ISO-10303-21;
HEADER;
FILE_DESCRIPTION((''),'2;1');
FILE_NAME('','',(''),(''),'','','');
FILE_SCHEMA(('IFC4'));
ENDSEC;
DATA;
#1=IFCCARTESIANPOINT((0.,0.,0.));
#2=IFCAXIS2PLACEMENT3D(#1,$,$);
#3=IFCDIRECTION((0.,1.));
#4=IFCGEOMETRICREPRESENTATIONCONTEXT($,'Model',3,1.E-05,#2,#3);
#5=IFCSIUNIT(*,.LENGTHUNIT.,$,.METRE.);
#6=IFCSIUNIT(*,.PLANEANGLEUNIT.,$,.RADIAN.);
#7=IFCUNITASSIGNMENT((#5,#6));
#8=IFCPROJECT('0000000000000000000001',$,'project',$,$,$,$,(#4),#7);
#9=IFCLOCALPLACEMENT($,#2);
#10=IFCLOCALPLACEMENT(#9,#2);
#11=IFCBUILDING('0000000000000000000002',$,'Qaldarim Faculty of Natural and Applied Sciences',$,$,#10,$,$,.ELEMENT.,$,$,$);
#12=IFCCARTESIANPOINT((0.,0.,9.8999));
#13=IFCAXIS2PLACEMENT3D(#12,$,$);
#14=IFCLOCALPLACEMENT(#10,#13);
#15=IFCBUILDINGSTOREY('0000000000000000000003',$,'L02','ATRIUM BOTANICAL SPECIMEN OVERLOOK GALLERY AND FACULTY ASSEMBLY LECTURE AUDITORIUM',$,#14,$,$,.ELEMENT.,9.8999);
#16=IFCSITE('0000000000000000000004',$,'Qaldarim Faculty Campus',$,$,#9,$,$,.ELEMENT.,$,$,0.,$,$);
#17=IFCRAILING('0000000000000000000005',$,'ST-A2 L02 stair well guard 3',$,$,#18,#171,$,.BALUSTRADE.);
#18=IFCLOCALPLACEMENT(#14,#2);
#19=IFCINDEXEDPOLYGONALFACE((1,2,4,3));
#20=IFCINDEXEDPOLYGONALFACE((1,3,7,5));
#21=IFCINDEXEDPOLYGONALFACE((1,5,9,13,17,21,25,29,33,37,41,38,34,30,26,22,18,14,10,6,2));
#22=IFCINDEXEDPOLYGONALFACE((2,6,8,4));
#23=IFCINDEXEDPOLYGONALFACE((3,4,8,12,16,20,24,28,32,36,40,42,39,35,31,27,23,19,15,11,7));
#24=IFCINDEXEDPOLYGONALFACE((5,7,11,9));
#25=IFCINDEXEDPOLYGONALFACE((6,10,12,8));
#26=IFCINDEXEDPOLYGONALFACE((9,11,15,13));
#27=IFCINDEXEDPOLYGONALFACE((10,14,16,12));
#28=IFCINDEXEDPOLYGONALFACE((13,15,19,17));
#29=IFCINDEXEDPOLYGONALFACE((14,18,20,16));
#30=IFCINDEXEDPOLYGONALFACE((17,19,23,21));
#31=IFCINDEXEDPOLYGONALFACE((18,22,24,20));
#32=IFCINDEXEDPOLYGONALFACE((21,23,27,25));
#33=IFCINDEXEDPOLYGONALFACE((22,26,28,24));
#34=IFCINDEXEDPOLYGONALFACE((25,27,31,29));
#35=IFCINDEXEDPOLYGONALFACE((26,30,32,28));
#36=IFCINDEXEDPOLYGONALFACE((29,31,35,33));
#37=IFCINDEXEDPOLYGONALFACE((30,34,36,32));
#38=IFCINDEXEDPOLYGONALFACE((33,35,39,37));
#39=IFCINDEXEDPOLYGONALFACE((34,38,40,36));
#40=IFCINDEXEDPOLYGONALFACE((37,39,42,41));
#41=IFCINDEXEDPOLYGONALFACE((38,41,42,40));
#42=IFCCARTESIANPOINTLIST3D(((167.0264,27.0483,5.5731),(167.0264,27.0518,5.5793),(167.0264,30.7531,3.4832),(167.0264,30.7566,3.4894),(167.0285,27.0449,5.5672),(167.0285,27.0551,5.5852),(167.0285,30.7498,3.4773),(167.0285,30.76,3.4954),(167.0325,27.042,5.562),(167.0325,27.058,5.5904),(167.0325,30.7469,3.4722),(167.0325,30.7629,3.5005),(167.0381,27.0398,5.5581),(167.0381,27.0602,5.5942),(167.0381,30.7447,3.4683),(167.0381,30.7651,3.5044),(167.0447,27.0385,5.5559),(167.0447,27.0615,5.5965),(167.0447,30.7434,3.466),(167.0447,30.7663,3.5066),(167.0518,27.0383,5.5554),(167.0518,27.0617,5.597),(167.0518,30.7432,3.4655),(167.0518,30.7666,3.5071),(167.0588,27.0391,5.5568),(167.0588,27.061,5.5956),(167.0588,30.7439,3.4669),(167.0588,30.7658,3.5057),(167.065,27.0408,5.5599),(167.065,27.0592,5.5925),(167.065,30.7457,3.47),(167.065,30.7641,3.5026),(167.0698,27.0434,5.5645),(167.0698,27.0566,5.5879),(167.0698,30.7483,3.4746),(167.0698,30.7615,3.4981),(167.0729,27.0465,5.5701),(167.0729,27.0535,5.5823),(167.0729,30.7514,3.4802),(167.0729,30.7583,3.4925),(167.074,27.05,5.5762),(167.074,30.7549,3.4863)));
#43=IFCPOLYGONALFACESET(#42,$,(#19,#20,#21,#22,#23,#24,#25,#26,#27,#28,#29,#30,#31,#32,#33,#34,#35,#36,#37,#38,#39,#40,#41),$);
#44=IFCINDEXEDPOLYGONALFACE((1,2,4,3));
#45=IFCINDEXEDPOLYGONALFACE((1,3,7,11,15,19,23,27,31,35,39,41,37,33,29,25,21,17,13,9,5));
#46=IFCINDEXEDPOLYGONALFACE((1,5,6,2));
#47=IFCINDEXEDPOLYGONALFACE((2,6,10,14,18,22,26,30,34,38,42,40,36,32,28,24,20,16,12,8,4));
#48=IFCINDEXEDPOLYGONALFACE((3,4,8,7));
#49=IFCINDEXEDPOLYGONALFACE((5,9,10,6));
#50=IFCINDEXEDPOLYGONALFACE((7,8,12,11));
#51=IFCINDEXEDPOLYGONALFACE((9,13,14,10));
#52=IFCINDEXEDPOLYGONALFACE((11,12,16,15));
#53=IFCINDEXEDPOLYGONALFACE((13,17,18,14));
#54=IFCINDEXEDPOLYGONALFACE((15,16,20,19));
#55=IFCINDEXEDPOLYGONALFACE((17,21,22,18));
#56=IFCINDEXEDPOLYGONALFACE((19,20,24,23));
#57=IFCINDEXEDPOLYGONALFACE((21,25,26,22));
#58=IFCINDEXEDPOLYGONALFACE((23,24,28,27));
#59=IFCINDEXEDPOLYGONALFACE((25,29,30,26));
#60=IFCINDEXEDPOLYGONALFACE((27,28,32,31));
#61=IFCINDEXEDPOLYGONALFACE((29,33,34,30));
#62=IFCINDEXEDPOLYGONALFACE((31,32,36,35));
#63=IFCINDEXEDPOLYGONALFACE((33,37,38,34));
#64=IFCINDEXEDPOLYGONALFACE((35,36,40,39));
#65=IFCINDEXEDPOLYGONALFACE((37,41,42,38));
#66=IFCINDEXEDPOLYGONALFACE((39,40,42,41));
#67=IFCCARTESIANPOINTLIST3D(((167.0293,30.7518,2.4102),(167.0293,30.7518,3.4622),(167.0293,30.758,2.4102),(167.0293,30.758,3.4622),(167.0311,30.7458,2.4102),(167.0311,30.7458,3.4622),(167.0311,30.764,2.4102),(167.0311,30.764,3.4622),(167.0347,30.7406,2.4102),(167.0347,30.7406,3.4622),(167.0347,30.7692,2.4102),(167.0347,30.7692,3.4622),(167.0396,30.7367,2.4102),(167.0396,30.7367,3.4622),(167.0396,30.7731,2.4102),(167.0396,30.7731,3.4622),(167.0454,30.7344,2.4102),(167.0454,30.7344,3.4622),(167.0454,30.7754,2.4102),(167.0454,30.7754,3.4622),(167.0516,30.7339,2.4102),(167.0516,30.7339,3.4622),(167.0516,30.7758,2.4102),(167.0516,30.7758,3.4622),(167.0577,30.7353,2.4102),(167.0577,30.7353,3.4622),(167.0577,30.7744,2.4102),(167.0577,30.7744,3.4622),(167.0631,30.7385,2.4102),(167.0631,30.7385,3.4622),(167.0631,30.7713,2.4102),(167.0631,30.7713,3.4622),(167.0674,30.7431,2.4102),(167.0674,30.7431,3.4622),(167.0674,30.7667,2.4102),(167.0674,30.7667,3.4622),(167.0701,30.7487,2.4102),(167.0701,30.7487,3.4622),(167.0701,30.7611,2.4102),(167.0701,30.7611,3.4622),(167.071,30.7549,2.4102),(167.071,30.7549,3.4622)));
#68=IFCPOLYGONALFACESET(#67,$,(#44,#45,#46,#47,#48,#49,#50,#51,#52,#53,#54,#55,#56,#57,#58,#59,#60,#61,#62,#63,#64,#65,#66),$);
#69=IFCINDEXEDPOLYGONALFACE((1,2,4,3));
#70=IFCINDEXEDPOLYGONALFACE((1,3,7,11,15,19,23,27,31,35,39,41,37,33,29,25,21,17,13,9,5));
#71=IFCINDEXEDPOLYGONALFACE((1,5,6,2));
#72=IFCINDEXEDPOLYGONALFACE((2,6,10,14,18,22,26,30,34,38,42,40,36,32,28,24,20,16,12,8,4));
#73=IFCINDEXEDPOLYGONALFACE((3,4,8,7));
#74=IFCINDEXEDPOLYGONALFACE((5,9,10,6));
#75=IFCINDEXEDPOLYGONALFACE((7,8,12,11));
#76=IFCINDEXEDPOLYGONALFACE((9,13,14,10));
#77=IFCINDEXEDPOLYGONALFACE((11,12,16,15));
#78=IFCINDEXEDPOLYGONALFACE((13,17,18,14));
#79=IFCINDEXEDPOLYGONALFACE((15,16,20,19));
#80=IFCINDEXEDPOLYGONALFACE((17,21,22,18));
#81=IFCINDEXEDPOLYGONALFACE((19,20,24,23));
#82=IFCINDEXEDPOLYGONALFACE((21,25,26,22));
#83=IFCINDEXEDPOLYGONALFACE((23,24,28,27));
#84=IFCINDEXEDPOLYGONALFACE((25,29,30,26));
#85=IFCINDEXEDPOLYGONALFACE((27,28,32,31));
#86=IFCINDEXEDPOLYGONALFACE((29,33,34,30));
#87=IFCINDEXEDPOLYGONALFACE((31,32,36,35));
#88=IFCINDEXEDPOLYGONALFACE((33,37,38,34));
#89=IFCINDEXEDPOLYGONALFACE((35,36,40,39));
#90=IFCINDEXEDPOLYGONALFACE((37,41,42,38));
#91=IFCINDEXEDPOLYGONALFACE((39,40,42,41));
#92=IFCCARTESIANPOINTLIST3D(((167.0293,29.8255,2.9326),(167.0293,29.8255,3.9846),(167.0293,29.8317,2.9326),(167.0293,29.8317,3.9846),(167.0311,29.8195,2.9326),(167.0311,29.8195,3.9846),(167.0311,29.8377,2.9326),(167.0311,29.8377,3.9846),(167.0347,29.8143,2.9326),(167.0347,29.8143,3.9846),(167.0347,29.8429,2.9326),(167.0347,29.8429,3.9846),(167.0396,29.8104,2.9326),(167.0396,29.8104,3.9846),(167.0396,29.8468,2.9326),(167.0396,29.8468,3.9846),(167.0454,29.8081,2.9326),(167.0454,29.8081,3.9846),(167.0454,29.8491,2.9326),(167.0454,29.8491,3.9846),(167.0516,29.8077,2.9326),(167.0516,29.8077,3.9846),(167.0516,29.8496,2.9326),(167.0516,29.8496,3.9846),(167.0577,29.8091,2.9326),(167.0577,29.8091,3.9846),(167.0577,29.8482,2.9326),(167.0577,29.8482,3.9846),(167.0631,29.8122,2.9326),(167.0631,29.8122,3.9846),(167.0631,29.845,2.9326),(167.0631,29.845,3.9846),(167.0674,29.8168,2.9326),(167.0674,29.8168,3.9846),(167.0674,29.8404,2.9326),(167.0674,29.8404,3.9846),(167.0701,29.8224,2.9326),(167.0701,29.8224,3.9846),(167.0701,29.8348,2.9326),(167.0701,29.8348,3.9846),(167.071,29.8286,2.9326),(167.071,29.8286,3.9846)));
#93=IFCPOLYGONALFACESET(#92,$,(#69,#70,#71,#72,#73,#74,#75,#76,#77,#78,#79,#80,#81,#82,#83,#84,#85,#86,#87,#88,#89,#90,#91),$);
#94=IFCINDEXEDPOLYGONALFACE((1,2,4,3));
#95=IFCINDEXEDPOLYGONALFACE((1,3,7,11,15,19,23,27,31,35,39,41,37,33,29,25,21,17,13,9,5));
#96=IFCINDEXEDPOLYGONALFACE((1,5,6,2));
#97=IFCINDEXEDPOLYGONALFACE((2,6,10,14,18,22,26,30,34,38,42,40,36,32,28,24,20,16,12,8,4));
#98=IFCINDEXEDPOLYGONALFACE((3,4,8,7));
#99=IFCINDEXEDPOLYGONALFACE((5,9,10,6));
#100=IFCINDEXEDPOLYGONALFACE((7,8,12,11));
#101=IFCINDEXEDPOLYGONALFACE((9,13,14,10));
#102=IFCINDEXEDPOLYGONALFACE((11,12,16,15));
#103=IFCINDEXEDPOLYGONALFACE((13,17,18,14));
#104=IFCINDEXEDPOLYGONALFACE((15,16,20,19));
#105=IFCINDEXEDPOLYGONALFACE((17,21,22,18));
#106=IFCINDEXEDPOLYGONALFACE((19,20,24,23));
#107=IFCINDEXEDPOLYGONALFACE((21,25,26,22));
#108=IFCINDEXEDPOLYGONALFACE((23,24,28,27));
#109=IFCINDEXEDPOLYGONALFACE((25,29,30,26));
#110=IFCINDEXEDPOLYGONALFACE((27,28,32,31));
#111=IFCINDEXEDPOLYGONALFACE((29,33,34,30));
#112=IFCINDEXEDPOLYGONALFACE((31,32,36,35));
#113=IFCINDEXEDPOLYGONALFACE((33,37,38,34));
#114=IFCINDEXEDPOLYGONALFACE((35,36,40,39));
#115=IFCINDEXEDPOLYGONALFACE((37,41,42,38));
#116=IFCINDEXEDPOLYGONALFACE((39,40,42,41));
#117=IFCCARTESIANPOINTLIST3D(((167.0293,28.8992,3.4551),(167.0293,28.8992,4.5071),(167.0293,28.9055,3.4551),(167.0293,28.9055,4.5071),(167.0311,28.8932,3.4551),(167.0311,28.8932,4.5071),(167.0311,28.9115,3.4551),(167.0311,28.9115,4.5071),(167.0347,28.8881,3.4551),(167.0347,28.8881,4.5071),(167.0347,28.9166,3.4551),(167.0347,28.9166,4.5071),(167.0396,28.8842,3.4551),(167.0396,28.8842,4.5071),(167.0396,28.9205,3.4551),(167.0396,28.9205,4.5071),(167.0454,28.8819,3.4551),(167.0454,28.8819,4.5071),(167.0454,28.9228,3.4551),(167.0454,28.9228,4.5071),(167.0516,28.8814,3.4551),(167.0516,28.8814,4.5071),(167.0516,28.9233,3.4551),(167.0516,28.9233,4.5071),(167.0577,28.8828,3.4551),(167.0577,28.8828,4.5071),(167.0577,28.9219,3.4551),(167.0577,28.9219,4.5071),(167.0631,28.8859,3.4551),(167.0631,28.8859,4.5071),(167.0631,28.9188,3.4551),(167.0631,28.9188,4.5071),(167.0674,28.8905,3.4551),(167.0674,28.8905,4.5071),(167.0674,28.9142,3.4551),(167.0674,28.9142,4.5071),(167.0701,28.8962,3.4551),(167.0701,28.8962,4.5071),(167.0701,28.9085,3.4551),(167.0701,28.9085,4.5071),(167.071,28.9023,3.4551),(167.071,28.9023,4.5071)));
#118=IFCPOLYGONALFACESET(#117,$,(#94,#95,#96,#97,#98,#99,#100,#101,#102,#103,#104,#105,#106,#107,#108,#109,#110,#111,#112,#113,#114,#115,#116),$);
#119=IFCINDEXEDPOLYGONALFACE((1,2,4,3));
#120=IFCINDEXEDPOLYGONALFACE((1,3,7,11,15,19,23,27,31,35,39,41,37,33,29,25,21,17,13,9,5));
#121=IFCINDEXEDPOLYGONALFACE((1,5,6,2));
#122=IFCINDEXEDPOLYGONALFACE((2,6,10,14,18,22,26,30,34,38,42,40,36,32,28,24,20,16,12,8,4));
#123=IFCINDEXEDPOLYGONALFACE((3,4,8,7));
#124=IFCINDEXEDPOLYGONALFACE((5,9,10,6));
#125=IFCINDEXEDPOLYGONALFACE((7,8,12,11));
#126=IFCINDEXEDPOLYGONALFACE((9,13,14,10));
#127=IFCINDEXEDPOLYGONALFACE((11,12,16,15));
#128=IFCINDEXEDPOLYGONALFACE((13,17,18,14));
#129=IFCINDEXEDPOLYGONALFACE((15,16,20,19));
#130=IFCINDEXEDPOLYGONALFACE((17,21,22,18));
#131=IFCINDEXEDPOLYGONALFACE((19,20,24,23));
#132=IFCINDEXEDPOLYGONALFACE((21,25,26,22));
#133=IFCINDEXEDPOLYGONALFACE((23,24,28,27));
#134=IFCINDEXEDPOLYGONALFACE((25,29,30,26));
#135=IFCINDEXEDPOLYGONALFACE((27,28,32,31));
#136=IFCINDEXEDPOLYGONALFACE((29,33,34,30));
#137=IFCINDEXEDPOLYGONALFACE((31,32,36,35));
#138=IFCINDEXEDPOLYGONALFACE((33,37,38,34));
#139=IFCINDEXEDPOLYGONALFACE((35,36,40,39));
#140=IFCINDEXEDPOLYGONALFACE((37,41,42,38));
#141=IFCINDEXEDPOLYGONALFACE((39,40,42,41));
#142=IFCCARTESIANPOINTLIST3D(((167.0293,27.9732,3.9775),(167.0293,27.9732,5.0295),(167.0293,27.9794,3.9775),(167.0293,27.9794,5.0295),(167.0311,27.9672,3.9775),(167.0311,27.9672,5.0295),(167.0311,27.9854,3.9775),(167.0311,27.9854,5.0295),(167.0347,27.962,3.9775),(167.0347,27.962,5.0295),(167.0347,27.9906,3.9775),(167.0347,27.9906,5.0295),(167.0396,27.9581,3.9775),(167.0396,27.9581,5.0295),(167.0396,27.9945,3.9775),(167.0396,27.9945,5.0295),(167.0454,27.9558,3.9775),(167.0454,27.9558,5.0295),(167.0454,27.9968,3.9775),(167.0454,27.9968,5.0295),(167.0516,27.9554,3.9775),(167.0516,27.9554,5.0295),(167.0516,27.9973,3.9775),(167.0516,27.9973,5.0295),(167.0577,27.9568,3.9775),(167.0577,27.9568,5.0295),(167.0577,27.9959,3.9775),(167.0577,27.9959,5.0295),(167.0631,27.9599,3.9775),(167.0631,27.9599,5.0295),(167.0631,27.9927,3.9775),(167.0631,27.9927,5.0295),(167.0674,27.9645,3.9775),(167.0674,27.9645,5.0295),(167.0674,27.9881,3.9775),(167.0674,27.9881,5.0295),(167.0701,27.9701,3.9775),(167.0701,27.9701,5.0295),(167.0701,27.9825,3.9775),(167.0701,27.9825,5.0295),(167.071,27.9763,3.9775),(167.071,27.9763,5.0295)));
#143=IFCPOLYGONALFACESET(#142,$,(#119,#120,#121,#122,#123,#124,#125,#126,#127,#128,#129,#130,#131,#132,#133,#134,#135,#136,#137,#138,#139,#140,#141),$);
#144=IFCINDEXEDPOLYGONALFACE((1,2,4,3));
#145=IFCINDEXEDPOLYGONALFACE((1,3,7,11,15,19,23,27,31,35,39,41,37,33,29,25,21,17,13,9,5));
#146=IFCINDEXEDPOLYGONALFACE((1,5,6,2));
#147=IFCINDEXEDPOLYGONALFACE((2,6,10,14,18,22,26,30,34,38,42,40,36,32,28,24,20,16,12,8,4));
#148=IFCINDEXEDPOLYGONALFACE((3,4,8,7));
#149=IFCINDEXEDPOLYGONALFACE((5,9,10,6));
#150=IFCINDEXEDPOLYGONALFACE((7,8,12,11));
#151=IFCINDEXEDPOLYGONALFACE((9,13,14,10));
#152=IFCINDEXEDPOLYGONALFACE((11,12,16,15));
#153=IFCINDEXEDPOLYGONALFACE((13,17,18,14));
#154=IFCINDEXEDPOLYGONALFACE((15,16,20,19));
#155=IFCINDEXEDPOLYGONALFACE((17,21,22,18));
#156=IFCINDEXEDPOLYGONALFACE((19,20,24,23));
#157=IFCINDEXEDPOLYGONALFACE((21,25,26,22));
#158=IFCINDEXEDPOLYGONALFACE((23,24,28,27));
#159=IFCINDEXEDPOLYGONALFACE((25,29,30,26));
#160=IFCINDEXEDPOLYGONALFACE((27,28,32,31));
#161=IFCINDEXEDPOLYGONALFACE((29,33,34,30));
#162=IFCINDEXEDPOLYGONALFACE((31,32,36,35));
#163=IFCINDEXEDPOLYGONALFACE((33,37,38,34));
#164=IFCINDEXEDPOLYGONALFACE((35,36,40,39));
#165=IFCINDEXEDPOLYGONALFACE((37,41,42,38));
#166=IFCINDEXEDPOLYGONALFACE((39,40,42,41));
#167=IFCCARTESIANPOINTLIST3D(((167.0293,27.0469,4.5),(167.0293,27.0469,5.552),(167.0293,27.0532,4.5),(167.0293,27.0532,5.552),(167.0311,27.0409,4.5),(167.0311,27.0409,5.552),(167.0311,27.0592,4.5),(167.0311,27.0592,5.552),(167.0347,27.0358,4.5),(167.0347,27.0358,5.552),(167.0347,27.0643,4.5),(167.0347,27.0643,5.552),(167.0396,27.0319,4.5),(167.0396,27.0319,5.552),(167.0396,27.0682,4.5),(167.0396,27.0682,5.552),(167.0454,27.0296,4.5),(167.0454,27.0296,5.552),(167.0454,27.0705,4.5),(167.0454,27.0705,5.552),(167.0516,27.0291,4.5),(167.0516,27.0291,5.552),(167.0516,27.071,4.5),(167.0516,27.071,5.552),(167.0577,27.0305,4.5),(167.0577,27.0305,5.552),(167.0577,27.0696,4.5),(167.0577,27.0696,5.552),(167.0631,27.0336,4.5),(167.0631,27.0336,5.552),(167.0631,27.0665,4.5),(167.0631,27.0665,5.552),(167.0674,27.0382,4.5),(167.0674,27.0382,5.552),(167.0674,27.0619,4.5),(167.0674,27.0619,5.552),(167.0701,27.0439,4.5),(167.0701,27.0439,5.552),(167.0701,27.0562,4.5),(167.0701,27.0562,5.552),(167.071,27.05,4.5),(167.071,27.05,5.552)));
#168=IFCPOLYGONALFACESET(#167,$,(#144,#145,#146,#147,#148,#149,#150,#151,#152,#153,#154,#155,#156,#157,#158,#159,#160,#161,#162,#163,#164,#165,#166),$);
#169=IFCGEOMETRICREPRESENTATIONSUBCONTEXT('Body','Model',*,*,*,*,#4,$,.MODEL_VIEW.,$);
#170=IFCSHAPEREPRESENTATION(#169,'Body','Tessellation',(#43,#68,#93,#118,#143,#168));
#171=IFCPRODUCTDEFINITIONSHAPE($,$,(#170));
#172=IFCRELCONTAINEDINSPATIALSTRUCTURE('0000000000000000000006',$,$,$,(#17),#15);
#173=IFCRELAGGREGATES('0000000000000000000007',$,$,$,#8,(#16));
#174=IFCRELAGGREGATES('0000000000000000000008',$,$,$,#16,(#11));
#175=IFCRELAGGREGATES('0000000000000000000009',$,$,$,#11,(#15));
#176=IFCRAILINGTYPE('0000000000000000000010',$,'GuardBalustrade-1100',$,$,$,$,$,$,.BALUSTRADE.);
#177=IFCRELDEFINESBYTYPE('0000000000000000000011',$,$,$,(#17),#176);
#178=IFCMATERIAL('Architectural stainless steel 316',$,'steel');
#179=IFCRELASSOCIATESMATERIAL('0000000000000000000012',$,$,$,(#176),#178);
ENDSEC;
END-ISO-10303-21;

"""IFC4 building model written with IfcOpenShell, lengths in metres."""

from ifc_helpers import new_model, si_unit, direction, frame, origin, origin_2d, place, context, subcontext, project, spatial, circle, extrude, material, type_object, element, save


model = new_model("IFC4")

# Units and contexts
model_context = context("Model", 3, precision=1e-05, world=origin(), true_north=direction((0.0, 1.0)))
body_context = subcontext(model_context, "Body", "Model", "MODEL_VIEW")
ifc_project = project(units=[si_unit("LENGTHUNIT", "METRE"), si_unit("PLANEANGLEUNIT", "RADIAN")], contexts=[model_context])

# Site, building, storey
site_placement = place(None, origin())
site = spatial("IfcSite", under=ifc_project, at=site_placement, Name="Qaldarim Faculty Campus", CompositionType="ELEMENT", RefElevation=0.0)
building_placement = place(site_placement, origin())
building = spatial("IfcBuilding", under=site, at=building_placement, Name="Qaldarim Faculty of Natural and Applied Sciences", CompositionType="ELEMENT")
storey_placement = place(building_placement, frame((0.0, 0.0, 9.8999)))
storey = spatial("IfcBuildingStorey", under=building, at=storey_placement, Name="L02", Description="ATRIUM BOTANICAL SPECIMEN OVERLOOK GALLERY AND FACULTY ASSEMBLY LECTURE AUDITORIUM", CompositionType="ELEMENT", Elevation=9.8999)

# Shared definitions
ifc_material_1 = material(Name="Architectural stainless steel 316", Category="steel")

# Railing
railing_type_1 = type_object("IfcRailingType", Name="GuardBalustrade-1100", PredefinedType="BALUSTRADE", material=ifc_material_1)
railing_1_placement = place(storey_placement, frame((167.05, 30.7549, 2.4102)))
element("IfcRailing", 1, at=railing_1_placement, inside=storey, type_object=railing_type_1, Name="ST-A2 L02 stair well guard 3", PredefinedType="BALUSTRADE", context=body_context, shape_type="SweptSolid", body=[
    extrude(circle(Radius=0.0239, at=origin_2d()), frame((0.0, 0.0, 1.0762), z_axis=(0.0, -0.870985, 0.49131), x_axis=(1.0, 0.0, 0.0)), (0.0, 0.0, 1.0), 4.2537),
    extrude(circle(Radius=0.021, at=origin_2d()), origin(), (0.0, 0.0, 1.0), 1.052),
    extrude(circle(Radius=0.021, at=origin_2d()), frame((0.0, -0.9263, 0.5225)), (0.0, 0.0, 1.0), 1.052),
    extrude(circle(Radius=0.021, at=origin_2d()), frame((0.0, -1.8525, 1.0449)), (0.0, 0.0, 1.0), 1.052),
    extrude(circle(Radius=0.021, at=origin_2d()), frame((0.0, -2.7786, 1.5674)), (0.0, 0.0, 1.0), 1.052),
    extrude(circle(Radius=0.021, at=origin_2d()), frame((0.0, -3.7048, 2.0898)), (0.0, 0.0, 1.0), 1.052),
])

save(model, "model.ifc")
